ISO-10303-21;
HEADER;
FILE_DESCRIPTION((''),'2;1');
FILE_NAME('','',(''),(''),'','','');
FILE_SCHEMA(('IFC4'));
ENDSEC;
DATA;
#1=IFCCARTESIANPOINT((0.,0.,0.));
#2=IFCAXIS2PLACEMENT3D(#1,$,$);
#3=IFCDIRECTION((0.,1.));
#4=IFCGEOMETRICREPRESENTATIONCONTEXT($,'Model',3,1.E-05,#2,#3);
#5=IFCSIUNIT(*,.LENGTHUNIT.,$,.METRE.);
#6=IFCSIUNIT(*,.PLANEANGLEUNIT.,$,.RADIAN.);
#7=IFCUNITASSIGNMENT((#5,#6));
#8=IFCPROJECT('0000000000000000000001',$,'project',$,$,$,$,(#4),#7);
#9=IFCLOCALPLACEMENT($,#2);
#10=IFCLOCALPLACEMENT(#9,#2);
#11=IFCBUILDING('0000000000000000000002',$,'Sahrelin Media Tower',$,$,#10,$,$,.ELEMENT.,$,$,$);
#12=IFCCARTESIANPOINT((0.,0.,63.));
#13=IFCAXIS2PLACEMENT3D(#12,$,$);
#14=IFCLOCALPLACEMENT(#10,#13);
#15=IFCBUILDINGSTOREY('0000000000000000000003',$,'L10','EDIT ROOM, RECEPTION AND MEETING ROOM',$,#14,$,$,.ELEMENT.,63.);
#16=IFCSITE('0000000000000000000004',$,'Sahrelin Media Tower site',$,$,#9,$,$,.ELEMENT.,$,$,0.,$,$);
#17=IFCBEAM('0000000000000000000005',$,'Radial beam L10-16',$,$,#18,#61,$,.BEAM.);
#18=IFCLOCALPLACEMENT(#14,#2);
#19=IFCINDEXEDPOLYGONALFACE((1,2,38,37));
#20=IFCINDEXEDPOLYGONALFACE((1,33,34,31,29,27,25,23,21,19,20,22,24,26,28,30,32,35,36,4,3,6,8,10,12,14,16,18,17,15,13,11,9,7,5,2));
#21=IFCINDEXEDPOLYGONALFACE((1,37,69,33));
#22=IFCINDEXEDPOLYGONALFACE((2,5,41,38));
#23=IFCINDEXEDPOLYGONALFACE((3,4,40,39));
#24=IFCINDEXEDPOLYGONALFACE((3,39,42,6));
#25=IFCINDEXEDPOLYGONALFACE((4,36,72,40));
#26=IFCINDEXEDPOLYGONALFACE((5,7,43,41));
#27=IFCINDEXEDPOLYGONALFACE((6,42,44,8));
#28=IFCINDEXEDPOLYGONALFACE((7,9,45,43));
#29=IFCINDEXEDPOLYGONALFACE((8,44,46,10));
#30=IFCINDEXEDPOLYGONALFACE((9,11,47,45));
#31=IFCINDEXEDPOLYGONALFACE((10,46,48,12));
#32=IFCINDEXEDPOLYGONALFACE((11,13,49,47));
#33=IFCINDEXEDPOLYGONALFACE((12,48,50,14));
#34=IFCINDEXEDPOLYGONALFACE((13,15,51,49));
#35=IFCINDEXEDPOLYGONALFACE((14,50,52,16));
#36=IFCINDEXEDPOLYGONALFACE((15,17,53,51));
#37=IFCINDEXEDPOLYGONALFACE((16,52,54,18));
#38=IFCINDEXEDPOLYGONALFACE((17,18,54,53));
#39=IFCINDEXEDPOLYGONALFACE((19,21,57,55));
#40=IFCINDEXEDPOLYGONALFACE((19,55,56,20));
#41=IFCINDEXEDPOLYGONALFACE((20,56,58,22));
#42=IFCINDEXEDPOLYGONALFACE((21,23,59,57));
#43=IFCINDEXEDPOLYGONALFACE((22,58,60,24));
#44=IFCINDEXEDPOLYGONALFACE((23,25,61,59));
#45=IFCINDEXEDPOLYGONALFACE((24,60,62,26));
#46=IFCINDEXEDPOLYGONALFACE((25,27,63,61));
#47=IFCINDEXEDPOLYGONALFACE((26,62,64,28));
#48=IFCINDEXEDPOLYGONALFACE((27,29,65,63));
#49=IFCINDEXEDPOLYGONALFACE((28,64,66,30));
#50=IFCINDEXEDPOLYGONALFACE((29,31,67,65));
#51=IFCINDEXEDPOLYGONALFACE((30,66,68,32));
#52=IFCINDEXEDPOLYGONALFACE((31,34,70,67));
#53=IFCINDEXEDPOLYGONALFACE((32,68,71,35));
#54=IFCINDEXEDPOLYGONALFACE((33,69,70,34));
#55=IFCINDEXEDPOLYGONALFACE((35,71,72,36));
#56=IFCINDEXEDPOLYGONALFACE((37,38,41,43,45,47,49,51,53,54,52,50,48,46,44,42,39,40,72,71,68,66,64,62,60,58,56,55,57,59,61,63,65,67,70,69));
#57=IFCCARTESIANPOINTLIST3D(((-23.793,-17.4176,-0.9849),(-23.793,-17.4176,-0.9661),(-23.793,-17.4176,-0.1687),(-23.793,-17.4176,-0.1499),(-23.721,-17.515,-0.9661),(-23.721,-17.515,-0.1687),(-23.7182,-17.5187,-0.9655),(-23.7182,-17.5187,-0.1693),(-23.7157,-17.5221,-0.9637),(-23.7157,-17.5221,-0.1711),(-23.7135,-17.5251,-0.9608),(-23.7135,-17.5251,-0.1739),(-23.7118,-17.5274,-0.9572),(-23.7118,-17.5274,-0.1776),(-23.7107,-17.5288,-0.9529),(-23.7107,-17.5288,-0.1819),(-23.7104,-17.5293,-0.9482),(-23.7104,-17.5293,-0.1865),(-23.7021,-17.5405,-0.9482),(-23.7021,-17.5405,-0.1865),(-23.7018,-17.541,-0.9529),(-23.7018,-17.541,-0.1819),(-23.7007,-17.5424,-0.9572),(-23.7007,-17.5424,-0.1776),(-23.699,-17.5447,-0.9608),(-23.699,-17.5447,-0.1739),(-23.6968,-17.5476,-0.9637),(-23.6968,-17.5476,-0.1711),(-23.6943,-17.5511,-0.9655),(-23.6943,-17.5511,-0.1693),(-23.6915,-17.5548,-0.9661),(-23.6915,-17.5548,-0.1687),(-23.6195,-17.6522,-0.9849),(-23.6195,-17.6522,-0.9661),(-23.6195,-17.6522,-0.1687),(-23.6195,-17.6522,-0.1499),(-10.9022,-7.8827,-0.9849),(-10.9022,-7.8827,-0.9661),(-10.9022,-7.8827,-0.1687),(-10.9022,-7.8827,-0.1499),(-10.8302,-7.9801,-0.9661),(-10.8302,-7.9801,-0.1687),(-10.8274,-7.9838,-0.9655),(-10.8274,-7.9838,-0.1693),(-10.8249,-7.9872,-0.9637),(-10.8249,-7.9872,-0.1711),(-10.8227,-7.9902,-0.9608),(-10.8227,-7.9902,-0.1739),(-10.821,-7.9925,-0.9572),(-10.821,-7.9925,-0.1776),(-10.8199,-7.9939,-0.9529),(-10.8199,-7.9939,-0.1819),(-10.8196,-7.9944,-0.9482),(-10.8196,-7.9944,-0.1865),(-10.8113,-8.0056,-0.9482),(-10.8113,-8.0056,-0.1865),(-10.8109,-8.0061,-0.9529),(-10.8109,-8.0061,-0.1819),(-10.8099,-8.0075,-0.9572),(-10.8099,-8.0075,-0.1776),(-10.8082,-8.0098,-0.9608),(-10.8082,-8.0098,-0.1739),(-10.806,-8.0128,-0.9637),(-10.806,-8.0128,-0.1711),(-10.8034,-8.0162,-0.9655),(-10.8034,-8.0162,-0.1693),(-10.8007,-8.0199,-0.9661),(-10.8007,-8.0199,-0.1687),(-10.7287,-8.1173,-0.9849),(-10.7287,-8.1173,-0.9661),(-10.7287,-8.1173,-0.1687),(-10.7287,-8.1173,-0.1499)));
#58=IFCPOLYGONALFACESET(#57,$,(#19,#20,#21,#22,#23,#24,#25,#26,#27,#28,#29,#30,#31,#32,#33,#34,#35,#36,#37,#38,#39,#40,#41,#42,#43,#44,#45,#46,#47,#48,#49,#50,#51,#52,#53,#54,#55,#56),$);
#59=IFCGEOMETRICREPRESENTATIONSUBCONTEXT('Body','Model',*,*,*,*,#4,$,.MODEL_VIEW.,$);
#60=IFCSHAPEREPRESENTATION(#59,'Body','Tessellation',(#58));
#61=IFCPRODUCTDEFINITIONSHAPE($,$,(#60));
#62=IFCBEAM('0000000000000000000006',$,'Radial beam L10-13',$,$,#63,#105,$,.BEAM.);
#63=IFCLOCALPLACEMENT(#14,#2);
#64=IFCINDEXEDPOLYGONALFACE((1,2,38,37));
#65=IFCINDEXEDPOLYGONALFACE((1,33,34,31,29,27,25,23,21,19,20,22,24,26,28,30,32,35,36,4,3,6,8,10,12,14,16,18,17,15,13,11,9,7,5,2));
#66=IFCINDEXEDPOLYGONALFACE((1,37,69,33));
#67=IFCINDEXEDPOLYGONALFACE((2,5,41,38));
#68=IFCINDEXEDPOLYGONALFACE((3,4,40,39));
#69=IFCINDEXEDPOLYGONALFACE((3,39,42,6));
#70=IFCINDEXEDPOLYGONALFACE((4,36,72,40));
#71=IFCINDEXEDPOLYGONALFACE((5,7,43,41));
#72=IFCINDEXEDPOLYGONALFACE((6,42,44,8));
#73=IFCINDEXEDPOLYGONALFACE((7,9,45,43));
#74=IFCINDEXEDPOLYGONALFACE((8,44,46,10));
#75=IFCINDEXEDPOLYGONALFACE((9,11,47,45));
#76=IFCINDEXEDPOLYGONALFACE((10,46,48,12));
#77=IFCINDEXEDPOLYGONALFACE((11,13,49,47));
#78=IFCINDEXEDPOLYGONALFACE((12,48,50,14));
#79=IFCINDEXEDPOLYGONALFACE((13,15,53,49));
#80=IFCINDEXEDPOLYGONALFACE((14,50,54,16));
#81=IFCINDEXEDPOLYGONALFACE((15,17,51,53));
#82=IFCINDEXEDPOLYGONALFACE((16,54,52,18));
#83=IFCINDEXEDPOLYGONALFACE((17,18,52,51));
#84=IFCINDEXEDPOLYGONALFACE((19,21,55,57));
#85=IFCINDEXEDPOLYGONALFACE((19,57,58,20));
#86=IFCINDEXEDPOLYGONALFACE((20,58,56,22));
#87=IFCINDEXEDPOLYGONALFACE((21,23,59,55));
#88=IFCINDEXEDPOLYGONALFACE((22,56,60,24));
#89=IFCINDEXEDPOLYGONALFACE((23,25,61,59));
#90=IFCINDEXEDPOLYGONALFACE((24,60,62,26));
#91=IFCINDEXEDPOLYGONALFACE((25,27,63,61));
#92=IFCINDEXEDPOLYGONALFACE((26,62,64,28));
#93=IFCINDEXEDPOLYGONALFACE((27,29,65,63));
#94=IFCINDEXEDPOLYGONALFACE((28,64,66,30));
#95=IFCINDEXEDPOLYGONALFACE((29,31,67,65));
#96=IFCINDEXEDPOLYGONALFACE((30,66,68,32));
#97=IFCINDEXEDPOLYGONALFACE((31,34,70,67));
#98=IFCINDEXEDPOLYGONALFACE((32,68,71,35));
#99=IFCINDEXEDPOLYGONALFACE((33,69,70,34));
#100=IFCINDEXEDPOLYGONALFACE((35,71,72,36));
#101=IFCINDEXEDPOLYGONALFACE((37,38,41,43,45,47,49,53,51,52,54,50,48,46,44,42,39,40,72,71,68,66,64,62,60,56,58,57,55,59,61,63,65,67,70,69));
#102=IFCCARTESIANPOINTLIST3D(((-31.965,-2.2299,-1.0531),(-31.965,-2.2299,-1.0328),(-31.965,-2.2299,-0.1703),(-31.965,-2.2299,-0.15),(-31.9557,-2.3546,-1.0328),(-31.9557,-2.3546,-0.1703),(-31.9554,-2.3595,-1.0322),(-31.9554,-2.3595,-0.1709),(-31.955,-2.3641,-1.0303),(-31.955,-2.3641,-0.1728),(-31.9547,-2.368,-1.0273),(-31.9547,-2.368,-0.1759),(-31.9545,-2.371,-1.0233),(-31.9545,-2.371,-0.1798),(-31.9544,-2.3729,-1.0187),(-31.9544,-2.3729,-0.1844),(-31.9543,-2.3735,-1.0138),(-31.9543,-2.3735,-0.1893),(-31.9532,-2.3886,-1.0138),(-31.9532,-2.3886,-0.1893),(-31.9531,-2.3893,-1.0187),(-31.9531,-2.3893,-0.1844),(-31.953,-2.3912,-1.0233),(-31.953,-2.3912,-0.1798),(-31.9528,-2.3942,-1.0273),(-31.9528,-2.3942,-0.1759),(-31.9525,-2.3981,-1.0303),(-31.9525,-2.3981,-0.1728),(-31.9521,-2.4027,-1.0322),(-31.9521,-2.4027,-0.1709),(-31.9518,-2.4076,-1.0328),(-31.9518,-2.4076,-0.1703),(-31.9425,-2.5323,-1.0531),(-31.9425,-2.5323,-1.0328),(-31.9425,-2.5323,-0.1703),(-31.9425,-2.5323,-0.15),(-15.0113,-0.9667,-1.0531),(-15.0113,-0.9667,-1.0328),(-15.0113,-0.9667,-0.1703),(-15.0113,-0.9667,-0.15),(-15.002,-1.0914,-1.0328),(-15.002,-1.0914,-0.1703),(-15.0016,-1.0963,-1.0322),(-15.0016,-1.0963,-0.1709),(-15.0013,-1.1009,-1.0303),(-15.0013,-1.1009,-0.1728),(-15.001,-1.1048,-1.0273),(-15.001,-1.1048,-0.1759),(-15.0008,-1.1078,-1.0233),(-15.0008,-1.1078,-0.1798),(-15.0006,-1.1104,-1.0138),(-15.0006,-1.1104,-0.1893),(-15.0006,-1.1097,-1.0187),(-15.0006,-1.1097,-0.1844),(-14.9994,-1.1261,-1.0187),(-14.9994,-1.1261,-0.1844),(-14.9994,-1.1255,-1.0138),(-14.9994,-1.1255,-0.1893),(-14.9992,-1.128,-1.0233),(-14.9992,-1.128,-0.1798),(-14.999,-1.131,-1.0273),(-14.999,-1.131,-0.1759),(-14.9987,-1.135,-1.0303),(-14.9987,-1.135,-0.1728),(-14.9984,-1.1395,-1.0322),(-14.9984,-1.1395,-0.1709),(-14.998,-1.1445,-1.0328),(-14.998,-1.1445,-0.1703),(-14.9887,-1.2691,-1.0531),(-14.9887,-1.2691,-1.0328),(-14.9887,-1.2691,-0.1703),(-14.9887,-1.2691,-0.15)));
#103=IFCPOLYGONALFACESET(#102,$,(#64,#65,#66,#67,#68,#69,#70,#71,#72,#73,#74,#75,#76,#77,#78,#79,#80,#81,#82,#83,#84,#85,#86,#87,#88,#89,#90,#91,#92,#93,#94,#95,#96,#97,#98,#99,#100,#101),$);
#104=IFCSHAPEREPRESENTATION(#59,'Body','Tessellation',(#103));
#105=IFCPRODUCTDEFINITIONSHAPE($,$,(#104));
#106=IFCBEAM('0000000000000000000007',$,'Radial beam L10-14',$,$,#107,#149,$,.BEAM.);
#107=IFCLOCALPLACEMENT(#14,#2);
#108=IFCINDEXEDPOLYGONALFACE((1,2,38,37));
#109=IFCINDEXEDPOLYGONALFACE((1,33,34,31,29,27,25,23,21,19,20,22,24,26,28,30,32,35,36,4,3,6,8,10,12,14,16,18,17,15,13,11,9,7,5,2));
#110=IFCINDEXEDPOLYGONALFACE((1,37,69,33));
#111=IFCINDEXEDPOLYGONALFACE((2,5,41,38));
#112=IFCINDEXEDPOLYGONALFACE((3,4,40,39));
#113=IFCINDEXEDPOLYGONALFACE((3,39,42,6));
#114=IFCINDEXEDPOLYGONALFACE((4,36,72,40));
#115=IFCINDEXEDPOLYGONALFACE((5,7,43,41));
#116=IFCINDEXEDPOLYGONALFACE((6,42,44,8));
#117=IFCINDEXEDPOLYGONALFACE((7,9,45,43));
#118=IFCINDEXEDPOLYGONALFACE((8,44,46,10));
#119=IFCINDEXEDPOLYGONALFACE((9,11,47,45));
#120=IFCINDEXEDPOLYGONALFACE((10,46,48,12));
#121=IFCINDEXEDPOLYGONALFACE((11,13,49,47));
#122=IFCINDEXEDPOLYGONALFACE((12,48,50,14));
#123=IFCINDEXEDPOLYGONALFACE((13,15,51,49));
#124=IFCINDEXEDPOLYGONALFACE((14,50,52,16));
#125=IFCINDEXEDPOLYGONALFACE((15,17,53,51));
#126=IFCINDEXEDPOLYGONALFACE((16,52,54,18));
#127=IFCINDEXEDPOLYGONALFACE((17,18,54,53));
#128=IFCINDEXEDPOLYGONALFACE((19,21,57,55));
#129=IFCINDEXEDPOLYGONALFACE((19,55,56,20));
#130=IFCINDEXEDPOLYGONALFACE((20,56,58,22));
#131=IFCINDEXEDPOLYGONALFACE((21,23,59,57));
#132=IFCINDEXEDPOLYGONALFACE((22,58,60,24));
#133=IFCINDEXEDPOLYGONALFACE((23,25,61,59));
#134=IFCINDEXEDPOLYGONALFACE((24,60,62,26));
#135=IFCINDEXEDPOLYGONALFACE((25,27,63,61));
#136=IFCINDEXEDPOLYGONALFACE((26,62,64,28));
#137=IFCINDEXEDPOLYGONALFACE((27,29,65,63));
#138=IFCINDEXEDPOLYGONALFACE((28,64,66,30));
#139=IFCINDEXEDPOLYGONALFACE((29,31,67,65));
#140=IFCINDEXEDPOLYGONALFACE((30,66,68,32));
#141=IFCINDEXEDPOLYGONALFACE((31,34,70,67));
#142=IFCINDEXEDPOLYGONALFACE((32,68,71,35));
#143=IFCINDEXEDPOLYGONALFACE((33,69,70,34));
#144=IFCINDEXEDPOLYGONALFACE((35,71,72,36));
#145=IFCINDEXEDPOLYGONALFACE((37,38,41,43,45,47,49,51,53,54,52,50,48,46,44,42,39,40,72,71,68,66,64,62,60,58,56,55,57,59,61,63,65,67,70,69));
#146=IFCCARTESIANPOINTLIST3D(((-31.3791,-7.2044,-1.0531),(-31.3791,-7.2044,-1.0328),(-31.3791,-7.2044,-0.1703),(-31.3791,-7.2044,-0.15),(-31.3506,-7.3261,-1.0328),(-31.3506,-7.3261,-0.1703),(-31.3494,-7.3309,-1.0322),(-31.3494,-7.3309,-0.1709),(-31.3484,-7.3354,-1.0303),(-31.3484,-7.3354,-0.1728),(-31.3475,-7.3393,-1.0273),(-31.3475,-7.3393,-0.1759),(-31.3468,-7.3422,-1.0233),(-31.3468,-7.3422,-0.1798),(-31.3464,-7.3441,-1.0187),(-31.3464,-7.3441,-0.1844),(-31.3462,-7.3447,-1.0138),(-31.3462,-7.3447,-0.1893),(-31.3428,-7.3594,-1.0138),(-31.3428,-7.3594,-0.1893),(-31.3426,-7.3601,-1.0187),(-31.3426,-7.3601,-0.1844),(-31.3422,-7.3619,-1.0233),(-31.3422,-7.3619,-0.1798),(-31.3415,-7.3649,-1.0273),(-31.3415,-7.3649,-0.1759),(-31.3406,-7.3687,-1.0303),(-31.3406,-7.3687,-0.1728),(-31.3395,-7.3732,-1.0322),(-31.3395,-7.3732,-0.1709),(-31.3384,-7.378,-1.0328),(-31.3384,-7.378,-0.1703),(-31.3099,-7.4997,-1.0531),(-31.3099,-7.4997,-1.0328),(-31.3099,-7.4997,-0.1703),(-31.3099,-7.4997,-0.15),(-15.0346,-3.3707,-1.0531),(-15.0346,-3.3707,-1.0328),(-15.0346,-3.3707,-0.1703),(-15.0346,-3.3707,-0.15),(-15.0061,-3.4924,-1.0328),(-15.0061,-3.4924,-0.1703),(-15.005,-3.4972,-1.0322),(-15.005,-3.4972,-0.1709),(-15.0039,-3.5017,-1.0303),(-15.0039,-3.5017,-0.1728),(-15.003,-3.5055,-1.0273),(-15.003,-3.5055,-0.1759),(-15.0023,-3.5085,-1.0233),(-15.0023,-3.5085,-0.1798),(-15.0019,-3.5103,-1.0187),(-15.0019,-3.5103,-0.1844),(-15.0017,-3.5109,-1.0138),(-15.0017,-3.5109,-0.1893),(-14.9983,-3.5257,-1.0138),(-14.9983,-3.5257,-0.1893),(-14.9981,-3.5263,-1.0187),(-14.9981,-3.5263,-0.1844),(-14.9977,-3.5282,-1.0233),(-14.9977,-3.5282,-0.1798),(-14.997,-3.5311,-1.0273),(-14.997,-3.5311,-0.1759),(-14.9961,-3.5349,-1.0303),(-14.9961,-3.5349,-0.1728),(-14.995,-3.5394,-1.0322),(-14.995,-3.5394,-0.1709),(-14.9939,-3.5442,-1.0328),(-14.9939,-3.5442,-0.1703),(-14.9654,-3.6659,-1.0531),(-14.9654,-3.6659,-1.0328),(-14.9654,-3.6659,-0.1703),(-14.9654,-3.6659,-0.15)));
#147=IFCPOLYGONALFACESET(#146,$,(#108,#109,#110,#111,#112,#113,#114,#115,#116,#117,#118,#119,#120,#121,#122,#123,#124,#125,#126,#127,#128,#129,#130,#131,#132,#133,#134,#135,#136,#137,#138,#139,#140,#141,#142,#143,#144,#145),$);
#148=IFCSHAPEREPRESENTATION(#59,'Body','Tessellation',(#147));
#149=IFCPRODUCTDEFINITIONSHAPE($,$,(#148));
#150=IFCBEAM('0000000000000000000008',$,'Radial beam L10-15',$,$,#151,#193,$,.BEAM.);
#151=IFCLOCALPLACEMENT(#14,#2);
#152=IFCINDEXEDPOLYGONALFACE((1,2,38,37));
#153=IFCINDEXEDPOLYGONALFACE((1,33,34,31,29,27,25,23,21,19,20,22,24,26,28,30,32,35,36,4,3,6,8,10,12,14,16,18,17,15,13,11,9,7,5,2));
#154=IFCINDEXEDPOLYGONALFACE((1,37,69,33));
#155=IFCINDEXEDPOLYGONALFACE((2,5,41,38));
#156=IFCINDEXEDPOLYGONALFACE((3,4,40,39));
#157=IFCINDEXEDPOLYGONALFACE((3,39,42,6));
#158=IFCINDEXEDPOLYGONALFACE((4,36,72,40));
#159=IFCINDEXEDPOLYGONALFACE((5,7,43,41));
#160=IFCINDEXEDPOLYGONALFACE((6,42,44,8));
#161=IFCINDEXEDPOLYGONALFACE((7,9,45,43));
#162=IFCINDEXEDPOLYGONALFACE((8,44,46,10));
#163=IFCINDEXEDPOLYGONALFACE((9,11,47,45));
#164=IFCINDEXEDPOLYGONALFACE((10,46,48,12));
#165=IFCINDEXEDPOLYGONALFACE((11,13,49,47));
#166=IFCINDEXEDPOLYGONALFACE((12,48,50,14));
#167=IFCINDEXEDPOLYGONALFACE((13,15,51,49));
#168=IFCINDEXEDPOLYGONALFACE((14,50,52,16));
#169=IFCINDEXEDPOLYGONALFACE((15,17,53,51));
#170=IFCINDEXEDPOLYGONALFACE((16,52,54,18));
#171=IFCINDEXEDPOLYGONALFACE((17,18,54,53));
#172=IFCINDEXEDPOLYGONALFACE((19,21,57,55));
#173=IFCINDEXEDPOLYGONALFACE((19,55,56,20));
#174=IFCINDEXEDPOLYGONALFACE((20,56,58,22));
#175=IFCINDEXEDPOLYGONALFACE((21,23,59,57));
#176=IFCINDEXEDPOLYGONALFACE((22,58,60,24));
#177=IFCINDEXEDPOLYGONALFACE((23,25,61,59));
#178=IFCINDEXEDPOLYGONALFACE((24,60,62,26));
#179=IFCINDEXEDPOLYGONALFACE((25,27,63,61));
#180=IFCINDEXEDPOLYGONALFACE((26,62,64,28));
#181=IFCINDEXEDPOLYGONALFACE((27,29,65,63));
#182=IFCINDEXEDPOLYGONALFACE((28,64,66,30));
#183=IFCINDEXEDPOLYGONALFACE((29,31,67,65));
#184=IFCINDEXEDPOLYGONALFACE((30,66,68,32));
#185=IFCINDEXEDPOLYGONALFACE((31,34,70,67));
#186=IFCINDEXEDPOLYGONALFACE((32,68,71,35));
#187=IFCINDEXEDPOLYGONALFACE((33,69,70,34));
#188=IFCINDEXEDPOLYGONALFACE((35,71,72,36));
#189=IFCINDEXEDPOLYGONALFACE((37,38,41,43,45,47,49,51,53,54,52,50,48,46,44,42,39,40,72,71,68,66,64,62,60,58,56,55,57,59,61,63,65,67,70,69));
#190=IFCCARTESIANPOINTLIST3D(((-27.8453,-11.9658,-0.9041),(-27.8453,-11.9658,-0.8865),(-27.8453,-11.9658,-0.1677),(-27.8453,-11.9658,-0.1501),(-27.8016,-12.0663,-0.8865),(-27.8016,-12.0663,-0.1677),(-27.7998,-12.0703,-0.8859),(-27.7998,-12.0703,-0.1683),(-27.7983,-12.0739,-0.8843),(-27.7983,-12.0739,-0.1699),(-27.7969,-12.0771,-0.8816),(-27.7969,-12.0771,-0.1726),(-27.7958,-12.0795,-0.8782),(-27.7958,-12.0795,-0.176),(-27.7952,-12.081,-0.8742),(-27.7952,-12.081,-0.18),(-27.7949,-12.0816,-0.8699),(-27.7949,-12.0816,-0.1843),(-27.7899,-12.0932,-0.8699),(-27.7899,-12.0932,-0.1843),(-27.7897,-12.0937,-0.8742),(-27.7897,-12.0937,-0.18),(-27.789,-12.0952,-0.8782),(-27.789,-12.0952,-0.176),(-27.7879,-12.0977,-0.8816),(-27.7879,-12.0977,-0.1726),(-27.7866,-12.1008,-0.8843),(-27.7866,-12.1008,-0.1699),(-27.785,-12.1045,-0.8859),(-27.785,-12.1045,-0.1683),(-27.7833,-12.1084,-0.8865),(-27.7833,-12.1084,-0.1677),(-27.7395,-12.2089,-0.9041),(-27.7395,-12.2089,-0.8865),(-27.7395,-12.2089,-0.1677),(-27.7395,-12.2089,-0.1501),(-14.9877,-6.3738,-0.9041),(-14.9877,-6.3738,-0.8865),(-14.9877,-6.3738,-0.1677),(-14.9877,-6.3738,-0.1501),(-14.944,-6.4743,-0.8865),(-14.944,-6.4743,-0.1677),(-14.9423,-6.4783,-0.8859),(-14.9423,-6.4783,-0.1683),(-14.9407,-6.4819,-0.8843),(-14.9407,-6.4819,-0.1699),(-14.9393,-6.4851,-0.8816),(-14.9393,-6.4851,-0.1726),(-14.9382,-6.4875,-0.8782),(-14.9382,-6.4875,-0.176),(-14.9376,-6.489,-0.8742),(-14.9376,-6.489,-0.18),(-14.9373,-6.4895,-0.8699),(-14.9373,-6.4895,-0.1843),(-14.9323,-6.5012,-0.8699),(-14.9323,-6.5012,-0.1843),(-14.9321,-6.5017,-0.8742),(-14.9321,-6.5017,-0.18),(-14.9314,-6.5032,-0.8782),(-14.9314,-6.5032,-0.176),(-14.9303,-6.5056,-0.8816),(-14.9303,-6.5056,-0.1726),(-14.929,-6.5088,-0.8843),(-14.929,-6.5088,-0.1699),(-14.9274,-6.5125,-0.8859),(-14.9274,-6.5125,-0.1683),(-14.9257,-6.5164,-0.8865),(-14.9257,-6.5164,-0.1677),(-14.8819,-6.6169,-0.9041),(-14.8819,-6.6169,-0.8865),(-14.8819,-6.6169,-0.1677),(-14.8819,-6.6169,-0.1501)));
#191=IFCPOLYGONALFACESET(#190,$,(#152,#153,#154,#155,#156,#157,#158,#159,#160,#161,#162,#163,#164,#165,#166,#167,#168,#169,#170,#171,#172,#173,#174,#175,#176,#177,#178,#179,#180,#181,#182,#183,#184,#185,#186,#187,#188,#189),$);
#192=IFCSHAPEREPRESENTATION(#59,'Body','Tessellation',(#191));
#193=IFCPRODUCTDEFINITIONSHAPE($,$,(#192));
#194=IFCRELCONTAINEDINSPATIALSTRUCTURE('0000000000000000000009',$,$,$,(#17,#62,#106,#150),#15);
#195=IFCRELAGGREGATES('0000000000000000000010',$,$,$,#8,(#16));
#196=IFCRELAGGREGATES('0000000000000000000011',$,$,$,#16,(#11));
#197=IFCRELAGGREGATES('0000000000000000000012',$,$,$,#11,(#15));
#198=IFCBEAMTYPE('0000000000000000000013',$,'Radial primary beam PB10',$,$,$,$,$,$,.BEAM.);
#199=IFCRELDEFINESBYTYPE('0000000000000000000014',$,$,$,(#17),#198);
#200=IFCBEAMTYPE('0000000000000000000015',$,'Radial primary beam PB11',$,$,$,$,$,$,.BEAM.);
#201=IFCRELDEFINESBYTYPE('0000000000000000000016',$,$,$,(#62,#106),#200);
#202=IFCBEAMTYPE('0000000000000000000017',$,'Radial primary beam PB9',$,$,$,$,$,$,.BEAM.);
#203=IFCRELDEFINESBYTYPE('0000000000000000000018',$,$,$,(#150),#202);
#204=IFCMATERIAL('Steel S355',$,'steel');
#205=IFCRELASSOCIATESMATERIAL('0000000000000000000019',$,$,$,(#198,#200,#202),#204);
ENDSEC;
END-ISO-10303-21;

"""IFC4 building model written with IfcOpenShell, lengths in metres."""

from ifc_helpers import new_model, si_unit, direction, frame, origin, origin_2d, place, context, subcontext, project, spatial, i_section, extrude, material, material_profile, profile_set, type_object, element, save


model = new_model("IFC4")

# Units and contexts
model_context = context("Model", 3, precision=1e-05, world=origin(), true_north=direction((0.0, 1.0)))
body_context = subcontext(model_context, "Body", "Model", "MODEL_VIEW")
ifc_project = project(units=[si_unit("LENGTHUNIT", "METRE"), si_unit("PLANEANGLEUNIT", "RADIAN")], contexts=[model_context])

# Site, building, storey
site_placement = place(None, origin())
site = spatial("IfcSite", under=ifc_project, at=site_placement, Name="Sahrelin Media Tower site", CompositionType="ELEMENT", RefElevation=0.0)
building_placement = place(site_placement, origin())
building = spatial("IfcBuilding", under=site, at=building_placement, Name="Sahrelin Media Tower", CompositionType="ELEMENT")
storey_placement = place(building_placement, frame((0.0, 0.0, 63.0)))
storey = spatial("IfcBuildingStorey", under=building, at=storey_placement, Name="L10", Description="EDIT ROOM, RECEPTION AND MEETING ROOM", CompositionType="ELEMENT", Elevation=63.0)

# Beams
ifc_material_1 = material(Name="Steel S355", Category="steel")
ifc_material_profile_1 = material_profile(ifc_material_1, i_section(OverallWidth=0.2917, OverallDepth=0.835, WebThickness=0.0139, FlangeThickness=0.0188, FilletRadius=0.0178, at=origin_2d()), Name="UB 838x292x176")
ifc_profile_set_1 = profile_set([ifc_material_profile_1], Name="Steel S355")
beam_type_1 = type_object("IfcBeamType", Name="Radial primary beam PB10", PredefinedType="BEAM", material=ifc_profile_set_1)
beam_1_placement = place(storey_placement, frame((-10.8154, -8.0, -0.5674), z_axis=(-0.803971, -0.594668, 0.0), x_axis=(0.594668, -0.803971, 0.0)))
element("IfcBeam", 1, at=beam_1_placement, inside=storey, type_object=beam_type_1, Name="Radial beam L10-16", PredefinedType="BEAM", context=body_context, shape_type="SweptSolid", body=[
    extrude(i_section(OverallWidth=0.2917, OverallDepth=0.835, WebThickness=0.0139, FlangeThickness=0.0188, FilletRadius=0.0178, at=origin_2d()), origin(), (0.0, 0.0, 1.0), 16.0339),
])
ifc_material_profile_2 = material_profile(ifc_material_1, i_section(OverallWidth=0.3032, OverallDepth=0.9031, WebThickness=0.0151, FlangeThickness=0.0203, FilletRadius=0.019, at=origin_2d()), Name="UB 914x305x201")
ifc_profile_set_2 = profile_set([ifc_material_profile_2], Name="Steel S355")
beam_type_2 = type_object("IfcBeamType", Name="Radial primary beam PB11", PredefinedType="BEAM", material=ifc_profile_set_2)
beam_2_placement = place(storey_placement, frame((-15.0, -1.1179, -0.6016), z_axis=(-0.997236, -0.074301, 0.0), x_axis=(0.074301, -0.997236, 0.0)))
element("IfcBeam", 2, at=beam_2_placement, inside=storey, type_object=beam_type_2, Name="Radial beam L10-13", PredefinedType="BEAM", context=body_context, shape_type="SweptSolid", body=[
    extrude(i_section(OverallWidth=0.3032, OverallDepth=0.9031, WebThickness=0.0151, FlangeThickness=0.0203, FilletRadius=0.019, at=origin_2d()), origin(), (0.0, 0.0, 1.0), 17.0007),
])
beam_3_placement = place(storey_placement, frame((-15.0, -3.5183, -0.6016), z_axis=(-0.973577, -0.228361, 0.0), x_axis=(0.228361, -0.973577, 0.0)))
element("IfcBeam", 3, at=beam_3_placement, inside=storey, type_object=beam_type_2, Name="Radial beam L10-14", PredefinedType="BEAM", context=body_context, shape_type="SweptSolid", body=[
    extrude(i_section(OverallWidth=0.3032, OverallDepth=0.9031, WebThickness=0.0151, FlangeThickness=0.0203, FilletRadius=0.019, at=origin_2d()), origin(), (0.0, 0.0, 1.0), 16.7881),
])
ifc_material_profile_3 = material_profile(ifc_material_1, i_section(OverallWidth=0.2651, OverallDepth=0.7539, WebThickness=0.0127, FlangeThickness=0.0176, FilletRadius=0.0166, at=origin_2d()), Name="UB 762x267x147")
ifc_profile_set_3 = profile_set([ifc_material_profile_3], Name="Steel S355")
beam_type_3 = type_object("IfcBeamType", Name="Radial primary beam PB9", PredefinedType="BEAM", material=ifc_profile_set_3)
beam_4_placement = place(storey_placement, frame((-14.9348, -6.4954, -0.5271), z_axis=(-0.917024, -0.398831, 0.0), x_axis=(0.398831, -0.917024, 0.0)))
element("IfcBeam", 4, at=beam_4_placement, inside=storey, type_object=beam_type_3, Name="Radial beam L10-15", PredefinedType="BEAM", context=body_context, shape_type="SweptSolid", body=[
    extrude(i_section(OverallWidth=0.2651, OverallDepth=0.7539, WebThickness=0.0127, FlangeThickness=0.0176, FilletRadius=0.0166, at=origin_2d()), origin(), (0.0, 0.0, 1.0), 14.021),
])

save(model, "model.ifc")
